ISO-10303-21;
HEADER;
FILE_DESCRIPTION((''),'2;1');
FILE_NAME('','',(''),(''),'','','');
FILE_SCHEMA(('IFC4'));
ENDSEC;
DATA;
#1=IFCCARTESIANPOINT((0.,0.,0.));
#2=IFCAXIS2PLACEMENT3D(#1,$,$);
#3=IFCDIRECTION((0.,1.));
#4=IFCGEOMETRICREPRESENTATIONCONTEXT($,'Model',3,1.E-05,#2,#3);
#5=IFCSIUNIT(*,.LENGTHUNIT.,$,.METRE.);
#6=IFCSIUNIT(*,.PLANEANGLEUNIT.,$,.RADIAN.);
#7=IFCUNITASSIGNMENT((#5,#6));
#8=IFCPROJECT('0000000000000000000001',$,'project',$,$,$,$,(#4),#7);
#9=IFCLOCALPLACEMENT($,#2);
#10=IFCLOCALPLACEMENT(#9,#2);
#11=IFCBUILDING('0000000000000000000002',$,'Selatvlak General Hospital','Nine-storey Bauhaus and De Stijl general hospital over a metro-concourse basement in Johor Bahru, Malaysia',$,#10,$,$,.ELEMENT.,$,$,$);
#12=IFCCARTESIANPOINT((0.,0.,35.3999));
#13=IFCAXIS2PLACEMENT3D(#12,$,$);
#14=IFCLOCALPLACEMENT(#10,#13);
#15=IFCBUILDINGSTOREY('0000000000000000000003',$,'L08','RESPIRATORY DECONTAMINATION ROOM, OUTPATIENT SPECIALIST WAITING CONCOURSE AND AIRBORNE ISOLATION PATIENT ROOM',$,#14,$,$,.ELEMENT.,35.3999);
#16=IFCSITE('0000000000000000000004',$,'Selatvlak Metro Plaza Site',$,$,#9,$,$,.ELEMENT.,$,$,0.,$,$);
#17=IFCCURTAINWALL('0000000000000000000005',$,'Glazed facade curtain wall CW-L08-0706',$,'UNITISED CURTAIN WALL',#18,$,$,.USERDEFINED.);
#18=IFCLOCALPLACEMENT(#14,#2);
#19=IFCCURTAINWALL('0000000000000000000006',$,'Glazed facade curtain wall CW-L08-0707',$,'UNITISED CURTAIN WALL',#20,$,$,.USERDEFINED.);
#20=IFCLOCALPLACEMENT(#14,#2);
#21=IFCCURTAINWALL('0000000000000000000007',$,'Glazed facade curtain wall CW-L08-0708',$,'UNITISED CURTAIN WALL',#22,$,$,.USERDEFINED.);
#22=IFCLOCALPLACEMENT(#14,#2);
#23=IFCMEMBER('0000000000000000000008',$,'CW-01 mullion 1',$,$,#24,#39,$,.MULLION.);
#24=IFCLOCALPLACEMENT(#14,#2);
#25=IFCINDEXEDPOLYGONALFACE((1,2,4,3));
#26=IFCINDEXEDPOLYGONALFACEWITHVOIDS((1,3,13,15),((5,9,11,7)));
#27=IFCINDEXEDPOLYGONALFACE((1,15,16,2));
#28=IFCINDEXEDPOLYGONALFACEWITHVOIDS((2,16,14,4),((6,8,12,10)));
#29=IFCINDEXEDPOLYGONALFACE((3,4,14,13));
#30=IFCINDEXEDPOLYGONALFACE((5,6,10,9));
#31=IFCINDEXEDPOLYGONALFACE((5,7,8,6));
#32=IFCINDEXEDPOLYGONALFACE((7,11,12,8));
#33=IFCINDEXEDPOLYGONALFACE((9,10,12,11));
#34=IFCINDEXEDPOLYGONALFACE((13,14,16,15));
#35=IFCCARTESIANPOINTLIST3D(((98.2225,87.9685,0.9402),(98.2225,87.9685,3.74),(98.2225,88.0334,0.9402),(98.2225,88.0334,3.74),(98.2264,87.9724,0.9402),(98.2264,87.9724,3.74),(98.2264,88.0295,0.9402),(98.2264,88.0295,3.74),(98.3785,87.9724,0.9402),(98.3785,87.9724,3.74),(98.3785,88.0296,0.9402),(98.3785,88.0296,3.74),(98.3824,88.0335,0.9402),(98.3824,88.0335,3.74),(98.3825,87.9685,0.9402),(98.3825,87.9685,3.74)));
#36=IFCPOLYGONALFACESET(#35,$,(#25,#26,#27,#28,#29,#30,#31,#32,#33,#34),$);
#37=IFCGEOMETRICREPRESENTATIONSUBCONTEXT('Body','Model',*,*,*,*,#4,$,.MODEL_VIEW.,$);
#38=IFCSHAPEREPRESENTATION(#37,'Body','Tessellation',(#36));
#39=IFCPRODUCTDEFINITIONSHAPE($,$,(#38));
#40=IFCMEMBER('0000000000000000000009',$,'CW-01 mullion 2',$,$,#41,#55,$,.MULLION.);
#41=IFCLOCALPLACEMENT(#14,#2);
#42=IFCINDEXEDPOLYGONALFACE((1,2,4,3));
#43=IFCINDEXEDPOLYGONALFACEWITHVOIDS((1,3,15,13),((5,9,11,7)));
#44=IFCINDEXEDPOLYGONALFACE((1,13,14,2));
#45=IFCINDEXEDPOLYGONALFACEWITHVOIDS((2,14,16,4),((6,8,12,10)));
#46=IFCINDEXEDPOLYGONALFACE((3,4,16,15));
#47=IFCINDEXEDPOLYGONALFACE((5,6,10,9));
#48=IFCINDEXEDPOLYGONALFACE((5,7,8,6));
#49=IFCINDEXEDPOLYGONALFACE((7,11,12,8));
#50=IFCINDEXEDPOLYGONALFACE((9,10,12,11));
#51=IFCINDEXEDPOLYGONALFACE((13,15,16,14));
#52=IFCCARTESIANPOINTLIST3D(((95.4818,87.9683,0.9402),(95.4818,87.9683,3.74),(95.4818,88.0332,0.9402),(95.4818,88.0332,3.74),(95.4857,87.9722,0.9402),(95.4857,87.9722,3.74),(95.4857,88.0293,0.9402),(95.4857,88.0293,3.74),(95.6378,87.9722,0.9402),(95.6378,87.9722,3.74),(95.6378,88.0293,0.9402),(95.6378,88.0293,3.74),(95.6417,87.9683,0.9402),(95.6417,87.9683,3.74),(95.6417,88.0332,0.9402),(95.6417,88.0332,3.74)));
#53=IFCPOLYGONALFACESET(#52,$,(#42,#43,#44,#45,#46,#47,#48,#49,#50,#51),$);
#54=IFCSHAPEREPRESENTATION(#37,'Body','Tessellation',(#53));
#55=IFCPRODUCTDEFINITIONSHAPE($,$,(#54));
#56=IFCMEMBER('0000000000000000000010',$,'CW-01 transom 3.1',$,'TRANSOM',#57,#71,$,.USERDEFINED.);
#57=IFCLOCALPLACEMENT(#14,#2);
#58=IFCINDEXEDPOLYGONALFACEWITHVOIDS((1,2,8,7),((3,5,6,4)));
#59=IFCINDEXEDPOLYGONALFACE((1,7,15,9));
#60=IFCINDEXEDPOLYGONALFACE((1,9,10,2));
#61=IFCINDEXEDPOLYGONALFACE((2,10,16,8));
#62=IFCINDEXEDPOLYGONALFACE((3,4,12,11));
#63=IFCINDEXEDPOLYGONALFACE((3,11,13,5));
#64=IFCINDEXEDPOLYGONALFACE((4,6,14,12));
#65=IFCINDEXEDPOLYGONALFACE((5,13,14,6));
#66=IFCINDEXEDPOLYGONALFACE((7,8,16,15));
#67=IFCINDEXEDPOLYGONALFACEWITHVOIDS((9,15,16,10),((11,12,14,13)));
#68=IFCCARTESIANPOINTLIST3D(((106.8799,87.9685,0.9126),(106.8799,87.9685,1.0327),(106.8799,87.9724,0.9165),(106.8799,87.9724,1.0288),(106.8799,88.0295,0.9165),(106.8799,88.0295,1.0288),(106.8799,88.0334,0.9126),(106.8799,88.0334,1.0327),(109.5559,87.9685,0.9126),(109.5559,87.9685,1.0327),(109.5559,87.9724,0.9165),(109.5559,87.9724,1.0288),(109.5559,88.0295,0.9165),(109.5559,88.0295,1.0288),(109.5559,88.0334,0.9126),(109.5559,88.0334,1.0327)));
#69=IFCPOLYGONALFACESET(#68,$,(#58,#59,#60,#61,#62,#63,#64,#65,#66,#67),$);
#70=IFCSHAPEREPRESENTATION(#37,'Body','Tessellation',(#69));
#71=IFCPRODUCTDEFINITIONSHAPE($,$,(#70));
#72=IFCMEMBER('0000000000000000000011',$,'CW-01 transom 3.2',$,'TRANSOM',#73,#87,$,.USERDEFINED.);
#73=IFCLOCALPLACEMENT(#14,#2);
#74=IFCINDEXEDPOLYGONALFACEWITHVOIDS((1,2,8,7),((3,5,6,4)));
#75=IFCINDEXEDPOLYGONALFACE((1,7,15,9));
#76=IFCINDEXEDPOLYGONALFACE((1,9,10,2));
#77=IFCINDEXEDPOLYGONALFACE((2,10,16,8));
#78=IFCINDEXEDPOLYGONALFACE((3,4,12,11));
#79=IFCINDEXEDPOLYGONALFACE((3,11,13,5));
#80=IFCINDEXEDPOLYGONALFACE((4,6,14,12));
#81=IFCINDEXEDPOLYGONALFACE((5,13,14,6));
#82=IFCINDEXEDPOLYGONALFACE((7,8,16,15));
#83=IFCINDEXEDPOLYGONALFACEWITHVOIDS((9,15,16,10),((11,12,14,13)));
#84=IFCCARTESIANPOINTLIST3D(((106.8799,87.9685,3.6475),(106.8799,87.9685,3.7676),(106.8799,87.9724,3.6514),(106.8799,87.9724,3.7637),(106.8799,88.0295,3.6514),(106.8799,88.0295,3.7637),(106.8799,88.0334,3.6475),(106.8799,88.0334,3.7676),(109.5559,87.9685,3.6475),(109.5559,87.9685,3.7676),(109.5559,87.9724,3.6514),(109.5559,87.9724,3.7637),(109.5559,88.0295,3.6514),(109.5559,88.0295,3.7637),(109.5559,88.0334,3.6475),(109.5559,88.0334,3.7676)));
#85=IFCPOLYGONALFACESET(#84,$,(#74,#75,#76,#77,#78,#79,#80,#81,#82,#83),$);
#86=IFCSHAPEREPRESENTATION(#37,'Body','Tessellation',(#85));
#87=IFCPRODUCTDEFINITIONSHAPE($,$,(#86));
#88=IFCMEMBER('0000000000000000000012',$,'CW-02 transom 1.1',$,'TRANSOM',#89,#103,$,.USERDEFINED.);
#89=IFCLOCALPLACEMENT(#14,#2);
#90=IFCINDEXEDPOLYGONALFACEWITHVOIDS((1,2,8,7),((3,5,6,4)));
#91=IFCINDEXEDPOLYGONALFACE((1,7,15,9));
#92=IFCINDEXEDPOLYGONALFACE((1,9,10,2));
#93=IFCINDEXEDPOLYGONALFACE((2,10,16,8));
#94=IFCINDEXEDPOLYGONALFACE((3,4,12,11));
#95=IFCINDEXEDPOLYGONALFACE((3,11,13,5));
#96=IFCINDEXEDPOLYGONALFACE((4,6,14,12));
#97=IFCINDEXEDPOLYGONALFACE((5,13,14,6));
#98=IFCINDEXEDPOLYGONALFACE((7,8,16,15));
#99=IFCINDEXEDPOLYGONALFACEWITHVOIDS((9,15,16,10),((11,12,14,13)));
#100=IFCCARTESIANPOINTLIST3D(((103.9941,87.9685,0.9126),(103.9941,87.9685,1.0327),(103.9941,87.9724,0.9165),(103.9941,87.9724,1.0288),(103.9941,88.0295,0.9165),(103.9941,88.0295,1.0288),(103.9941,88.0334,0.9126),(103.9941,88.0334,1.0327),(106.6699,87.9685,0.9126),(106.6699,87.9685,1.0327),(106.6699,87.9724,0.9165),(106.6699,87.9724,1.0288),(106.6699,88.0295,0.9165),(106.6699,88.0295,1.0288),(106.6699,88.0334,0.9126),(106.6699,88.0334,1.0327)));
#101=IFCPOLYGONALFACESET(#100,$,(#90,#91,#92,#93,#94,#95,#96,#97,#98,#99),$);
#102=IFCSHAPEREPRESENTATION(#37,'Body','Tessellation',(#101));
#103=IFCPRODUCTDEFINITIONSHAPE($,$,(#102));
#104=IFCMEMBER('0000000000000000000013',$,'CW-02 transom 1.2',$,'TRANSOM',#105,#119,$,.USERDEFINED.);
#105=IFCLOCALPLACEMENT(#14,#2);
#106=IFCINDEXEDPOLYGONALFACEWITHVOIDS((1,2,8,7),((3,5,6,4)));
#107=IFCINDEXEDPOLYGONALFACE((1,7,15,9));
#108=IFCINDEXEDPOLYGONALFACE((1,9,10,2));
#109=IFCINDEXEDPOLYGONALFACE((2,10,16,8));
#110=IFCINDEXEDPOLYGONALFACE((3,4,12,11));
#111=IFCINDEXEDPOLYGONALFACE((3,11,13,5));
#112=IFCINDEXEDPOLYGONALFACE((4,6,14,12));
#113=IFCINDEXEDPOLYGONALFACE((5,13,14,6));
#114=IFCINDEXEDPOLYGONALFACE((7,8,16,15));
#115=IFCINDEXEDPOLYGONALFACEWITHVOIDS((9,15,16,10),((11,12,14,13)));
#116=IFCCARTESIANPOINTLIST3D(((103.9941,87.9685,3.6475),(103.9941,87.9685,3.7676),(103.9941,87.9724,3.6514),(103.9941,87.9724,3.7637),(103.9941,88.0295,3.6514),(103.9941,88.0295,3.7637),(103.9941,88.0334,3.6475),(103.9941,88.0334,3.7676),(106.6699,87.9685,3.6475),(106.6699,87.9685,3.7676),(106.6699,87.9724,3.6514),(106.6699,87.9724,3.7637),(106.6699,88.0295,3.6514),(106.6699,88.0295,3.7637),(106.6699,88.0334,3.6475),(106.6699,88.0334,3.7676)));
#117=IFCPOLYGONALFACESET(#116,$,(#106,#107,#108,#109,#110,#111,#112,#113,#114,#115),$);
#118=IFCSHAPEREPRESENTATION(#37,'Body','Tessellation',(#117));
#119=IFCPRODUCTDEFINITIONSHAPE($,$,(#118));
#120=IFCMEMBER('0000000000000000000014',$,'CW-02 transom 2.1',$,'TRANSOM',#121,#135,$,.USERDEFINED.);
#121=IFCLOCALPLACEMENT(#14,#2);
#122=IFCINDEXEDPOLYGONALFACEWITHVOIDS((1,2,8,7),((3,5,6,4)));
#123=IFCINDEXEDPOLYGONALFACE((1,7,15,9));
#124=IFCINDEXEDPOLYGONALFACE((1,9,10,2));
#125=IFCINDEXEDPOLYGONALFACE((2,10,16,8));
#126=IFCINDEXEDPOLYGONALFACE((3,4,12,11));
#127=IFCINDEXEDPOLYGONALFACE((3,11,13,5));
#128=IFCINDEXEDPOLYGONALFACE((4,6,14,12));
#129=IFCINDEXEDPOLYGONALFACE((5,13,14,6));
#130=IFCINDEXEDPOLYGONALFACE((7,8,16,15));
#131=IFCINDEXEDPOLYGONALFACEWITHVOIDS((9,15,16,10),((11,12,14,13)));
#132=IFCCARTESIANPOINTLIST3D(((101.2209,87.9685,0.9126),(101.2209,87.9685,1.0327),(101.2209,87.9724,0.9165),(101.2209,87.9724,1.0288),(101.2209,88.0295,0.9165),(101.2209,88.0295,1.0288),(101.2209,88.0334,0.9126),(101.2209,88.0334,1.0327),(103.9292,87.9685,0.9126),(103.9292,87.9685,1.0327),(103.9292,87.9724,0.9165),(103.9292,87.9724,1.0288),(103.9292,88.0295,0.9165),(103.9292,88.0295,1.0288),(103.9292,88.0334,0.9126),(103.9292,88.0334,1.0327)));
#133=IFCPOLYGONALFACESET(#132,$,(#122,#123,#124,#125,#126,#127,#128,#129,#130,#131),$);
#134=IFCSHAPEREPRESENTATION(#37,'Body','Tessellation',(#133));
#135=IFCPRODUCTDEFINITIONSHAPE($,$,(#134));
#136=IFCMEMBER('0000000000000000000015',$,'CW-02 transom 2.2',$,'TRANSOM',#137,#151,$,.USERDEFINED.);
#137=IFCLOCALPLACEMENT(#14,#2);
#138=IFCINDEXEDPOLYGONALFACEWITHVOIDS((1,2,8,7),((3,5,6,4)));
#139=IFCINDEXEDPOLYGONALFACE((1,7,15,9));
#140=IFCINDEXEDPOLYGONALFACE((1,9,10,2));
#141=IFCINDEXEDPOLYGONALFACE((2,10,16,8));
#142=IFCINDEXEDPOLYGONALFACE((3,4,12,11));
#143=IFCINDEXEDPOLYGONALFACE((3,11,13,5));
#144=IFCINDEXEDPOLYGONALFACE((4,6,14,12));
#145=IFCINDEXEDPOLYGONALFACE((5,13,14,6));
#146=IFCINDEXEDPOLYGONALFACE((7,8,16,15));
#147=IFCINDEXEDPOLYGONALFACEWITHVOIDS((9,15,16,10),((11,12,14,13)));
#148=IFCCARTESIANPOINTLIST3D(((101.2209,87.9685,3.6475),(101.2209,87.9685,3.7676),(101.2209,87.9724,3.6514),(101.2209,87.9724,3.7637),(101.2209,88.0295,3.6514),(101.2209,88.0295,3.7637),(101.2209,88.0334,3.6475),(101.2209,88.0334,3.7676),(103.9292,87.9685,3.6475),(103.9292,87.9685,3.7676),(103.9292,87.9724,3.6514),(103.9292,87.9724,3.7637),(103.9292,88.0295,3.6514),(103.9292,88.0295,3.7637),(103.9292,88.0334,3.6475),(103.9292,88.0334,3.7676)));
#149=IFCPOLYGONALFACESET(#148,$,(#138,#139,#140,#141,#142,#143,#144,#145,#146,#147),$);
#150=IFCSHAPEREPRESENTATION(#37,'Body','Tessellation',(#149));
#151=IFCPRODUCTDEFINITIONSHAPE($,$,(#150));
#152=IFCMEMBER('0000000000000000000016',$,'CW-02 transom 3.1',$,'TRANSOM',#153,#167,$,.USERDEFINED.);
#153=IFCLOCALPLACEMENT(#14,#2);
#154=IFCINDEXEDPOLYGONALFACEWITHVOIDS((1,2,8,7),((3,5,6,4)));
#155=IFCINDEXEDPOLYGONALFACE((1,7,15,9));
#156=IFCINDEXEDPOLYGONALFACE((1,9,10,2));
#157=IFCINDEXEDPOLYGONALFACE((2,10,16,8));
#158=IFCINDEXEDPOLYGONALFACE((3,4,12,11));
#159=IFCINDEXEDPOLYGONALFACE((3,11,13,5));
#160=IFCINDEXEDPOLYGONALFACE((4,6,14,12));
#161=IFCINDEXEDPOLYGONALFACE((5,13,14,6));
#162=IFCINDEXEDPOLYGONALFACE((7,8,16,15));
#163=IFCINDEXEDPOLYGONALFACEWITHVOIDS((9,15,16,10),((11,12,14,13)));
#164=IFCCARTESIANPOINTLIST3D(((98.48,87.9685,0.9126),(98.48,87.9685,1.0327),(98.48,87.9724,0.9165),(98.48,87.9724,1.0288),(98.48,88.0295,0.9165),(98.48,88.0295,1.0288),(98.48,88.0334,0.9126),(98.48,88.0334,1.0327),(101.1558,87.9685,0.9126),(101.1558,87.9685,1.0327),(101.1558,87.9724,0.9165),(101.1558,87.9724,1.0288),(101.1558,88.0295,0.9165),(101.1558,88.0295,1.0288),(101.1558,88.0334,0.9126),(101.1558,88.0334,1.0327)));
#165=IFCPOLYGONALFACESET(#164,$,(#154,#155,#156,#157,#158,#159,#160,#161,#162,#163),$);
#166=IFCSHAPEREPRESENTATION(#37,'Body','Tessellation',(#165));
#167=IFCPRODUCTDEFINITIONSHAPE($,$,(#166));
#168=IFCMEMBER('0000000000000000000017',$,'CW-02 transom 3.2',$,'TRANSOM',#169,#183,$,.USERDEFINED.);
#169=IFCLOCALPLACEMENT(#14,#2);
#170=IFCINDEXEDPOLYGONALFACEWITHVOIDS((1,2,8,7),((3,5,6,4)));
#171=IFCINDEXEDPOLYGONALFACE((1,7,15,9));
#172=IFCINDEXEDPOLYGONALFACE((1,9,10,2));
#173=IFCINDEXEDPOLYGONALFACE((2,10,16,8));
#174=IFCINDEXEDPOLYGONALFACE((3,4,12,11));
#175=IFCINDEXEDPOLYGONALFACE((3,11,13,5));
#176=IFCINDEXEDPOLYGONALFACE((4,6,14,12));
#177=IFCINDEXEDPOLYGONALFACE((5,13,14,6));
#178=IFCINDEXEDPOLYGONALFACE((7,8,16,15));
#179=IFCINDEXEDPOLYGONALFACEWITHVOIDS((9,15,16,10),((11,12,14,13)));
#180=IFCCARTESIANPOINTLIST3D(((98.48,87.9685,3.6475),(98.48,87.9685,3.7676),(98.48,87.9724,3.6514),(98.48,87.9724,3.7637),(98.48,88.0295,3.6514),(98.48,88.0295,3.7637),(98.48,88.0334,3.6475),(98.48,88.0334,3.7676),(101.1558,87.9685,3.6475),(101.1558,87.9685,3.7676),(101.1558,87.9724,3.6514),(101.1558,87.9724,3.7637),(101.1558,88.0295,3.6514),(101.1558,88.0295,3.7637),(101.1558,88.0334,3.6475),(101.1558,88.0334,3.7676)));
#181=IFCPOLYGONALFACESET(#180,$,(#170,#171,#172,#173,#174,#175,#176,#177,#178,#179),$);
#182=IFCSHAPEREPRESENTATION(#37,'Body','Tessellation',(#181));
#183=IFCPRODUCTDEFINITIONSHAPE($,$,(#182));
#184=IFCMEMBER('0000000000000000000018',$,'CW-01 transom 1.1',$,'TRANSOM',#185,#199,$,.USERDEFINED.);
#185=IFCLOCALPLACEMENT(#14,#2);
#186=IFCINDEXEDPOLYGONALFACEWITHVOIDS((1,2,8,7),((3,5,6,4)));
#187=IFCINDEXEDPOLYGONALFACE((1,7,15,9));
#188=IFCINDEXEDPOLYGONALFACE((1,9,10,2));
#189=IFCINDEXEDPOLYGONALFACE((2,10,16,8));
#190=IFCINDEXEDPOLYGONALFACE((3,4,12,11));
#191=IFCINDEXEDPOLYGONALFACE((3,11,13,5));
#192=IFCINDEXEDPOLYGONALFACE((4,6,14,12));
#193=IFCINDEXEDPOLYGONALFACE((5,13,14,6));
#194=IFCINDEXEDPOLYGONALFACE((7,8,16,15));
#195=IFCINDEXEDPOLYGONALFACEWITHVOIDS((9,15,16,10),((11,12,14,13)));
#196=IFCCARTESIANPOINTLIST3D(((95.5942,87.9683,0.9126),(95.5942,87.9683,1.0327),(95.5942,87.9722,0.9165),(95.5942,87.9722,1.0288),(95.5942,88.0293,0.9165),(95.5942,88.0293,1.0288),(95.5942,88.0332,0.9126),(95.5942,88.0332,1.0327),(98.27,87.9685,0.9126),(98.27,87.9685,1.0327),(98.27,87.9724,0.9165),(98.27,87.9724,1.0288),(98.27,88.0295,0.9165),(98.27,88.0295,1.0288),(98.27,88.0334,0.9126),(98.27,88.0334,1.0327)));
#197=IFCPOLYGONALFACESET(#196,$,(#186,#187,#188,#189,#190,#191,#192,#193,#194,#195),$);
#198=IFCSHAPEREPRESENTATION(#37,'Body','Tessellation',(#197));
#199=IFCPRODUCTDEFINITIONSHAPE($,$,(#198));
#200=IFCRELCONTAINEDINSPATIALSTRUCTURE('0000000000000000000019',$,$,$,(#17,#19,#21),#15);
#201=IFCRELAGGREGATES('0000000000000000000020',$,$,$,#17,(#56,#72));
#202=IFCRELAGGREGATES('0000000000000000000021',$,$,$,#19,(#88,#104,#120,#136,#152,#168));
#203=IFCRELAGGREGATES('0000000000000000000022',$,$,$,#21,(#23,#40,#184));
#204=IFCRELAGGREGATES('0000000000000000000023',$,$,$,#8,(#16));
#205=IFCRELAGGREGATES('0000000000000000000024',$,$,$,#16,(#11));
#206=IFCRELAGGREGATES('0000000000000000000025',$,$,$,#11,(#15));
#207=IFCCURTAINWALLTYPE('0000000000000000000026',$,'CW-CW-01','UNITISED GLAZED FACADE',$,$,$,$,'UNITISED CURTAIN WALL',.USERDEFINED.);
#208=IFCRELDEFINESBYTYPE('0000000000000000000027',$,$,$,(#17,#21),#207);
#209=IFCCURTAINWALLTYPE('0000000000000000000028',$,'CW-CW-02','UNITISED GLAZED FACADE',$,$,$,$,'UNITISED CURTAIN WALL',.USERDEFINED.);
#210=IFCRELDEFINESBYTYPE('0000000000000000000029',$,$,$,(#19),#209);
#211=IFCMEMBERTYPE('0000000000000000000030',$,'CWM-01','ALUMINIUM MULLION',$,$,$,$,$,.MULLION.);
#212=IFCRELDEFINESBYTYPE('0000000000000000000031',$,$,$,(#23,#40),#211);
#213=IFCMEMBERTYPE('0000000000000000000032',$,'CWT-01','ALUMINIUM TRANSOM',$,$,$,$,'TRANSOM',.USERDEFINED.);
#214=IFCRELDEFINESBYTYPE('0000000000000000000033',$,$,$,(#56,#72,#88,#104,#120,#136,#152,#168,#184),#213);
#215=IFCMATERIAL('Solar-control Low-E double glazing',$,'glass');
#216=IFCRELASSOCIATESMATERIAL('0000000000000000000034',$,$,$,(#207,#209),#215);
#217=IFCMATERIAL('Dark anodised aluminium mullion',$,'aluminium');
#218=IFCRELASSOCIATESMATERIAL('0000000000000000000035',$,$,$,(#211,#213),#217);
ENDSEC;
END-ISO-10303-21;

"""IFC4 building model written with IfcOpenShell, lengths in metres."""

from ifc_helpers import new_model, si_unit, direction, frame, origin, origin_2d, place, context, subcontext, project, spatial, hollow_rectangle, extrude, material, material_profile, profile_set, type_object, element, aggregate, save


model = new_model("IFC4")

# Units and contexts
model_context = context("Model", 3, precision=1e-05, world=origin(), true_north=direction((0.0, 1.0)))
body_context = subcontext(model_context, "Body", "Model", "MODEL_VIEW")
ifc_project = project(units=[si_unit("LENGTHUNIT", "METRE"), si_unit("PLANEANGLEUNIT", "RADIAN")], contexts=[model_context])

# Site, building, storey
site_placement = place(None, origin())
site = spatial("IfcSite", under=ifc_project, at=site_placement, Name="Selatvlak Metro Plaza Site", CompositionType="ELEMENT", RefElevation=0.0)
building_placement = place(site_placement, origin())
building = spatial("IfcBuilding", under=site, at=building_placement, Name="Selatvlak General Hospital", Description="Nine-storey Bauhaus and De Stijl general hospital over a metro-concourse basement in Johor Bahru, Malaysia", CompositionType="ELEMENT")
storey_placement = place(building_placement, frame((0.0, 0.0, 35.3999)))
storey = spatial("IfcBuildingStorey", under=building, at=storey_placement, Name="L08", Description="RESPIRATORY DECONTAMINATION ROOM, OUTPATIENT SPECIALIST WAITING CONCOURSE AND AIRBORNE ISOLATION PATIENT ROOM", CompositionType="ELEMENT", Elevation=35.3999)

# Curtain walls, members
ifc_material_1 = material(Name="Solar-control Low-E double glazing", Category="glass")
curtain_wall_type_1 = type_object("IfcCurtainWallType", Name="CW-CW-01", Description="UNITISED GLAZED FACADE", ElementType="UNITISED CURTAIN WALL", PredefinedType="USERDEFINED", material=ifc_material_1)
curtain_wall_1_placement = place(storey_placement, origin())
curtain_wall_1 = element("IfcCurtainWall", 1, at=curtain_wall_1_placement, inside=storey, type_object=curtain_wall_type_1, Name="Glazed facade curtain wall CW-L08-0706", ObjectType="UNITISED CURTAIN WALL", PredefinedType="USERDEFINED")
ifc_material_2 = material(Name="Dark anodised aluminium mullion", Category="aluminium")
ifc_material_profile_1 = material_profile(ifc_material_2, hollow_rectangle(XDim=0.0649, YDim=0.1599, WallThickness=0.0039, at=origin_2d()), Name="AL-MUL 65x160x4")
ifc_profile_set_1 = profile_set([ifc_material_profile_1], Name="Dark anodised aluminium mullion")
member_type_1 = type_object("IfcMemberType", Name="CWM-01", Description="ALUMINIUM MULLION", PredefinedType="MULLION", material=ifc_profile_set_1)
curtain_wall_type_2 = type_object("IfcCurtainWallType", Name="CW-CW-02", Description="UNITISED GLAZED FACADE", ElementType="UNITISED CURTAIN WALL", PredefinedType="USERDEFINED", material=ifc_material_1)
curtain_wall_2_placement = place(storey_placement, origin())
curtain_wall_2 = element("IfcCurtainWall", 2, at=curtain_wall_2_placement, inside=storey, type_object=curtain_wall_type_2, Name="Glazed facade curtain wall CW-L08-0707", ObjectType="UNITISED CURTAIN WALL", PredefinedType="USERDEFINED")
curtain_wall_3_placement = place(storey_placement, origin())
curtain_wall_3 = element("IfcCurtainWall", 3, at=curtain_wall_3_placement, inside=storey, type_object=curtain_wall_type_1, Name="Glazed facade curtain wall CW-L08-0708", ObjectType="UNITISED CURTAIN WALL", PredefinedType="USERDEFINED")
member_1_placement = place(storey_placement, frame((98.3025, 88.001, 0.9402), z_axis=(0.0, 0.0, 1.0), x_axis=(0.00012, -1.0, 0.0)))
member_1 = element("IfcMember", 4, at=member_1_placement, type_object=member_type_1, Name="CW-01 mullion 1", PredefinedType="MULLION", context=body_context, shape_type="SweptSolid", body=[
    extrude(hollow_rectangle(XDim=0.0649, YDim=0.1599, WallThickness=0.0039, at=origin_2d()), origin(), (0.0, 0.0, 1.0), 2.7998),
])
member_2_placement = place(storey_placement, frame((95.5618, 88.0007, 0.9402), z_axis=(0.0, 0.0, 1.0), x_axis=(0.00012, -1.0, 0.0)))
member_2 = element("IfcMember", 5, at=member_2_placement, type_object=member_type_1, Name="CW-01 mullion 2", PredefinedType="MULLION", context=body_context, shape_type="SweptSolid", body=[
    extrude(hollow_rectangle(XDim=0.0649, YDim=0.1599, WallThickness=0.0039, at=origin_2d()), origin(), (0.0, 0.0, 1.0), 2.7998),
])

# Members
ifc_material_profile_2 = material_profile(ifc_material_2, hollow_rectangle(XDim=0.0649, YDim=0.1201, WallThickness=0.0039, at=origin_2d()), Name="AL-TRN 65x120x4")
ifc_profile_set_2 = profile_set([ifc_material_profile_2], Name="Dark anodised aluminium mullion")
member_type_2 = type_object("IfcMemberType", Name="CWT-01", Description="ALUMINIUM TRANSOM", ElementType="TRANSOM", PredefinedType="USERDEFINED", material=ifc_profile_set_2)
member_3_placement = place(storey_placement, frame((109.5559, 88.001, 0.9727), z_axis=(-1.0, 0.0, 0.0), x_axis=(0.0, -1.0, 0.0)))
member_3 = element("IfcMember", 6, at=member_3_placement, type_object=member_type_2, Name="CW-01 transom 3.1", ObjectType="TRANSOM", PredefinedType="USERDEFINED", context=body_context, shape_type="SweptSolid", body=[
    extrude(hollow_rectangle(XDim=0.0649, YDim=0.1201, WallThickness=0.0039, at=origin_2d()), origin(), (0.0, 0.0, 1.0), 2.676),
])
member_4_placement = place(storey_placement, frame((109.5559, 88.001, 3.7075), z_axis=(-1.0, 0.0, 0.0), x_axis=(0.0, -1.0, 0.0)))
member_4 = element("IfcMember", 7, at=member_4_placement, type_object=member_type_2, Name="CW-01 transom 3.2", ObjectType="TRANSOM", PredefinedType="USERDEFINED", context=body_context, shape_type="SweptSolid", body=[
    extrude(hollow_rectangle(XDim=0.0649, YDim=0.1201, WallThickness=0.0039, at=origin_2d()), origin(), (0.0, 0.0, 1.0), 2.676),
])
member_5_placement = place(storey_placement, frame((106.6699, 88.001, 0.9727), z_axis=(-1.0, 0.0, 0.0), x_axis=(0.0, -1.0, 0.0)))
member_5 = element("IfcMember", 8, at=member_5_placement, type_object=member_type_2, Name="CW-02 transom 1.1", ObjectType="TRANSOM", PredefinedType="USERDEFINED", context=body_context, shape_type="SweptSolid", body=[
    extrude(hollow_rectangle(XDim=0.0649, YDim=0.1201, WallThickness=0.0039, at=origin_2d()), origin(), (0.0, 0.0, 1.0), 2.6758),
])
member_6_placement = place(storey_placement, frame((106.6699, 88.001, 3.7075), z_axis=(-1.0, 0.0, 0.0), x_axis=(0.0, -1.0, 0.0)))
member_6 = element("IfcMember", 9, at=member_6_placement, type_object=member_type_2, Name="CW-02 transom 1.2", ObjectType="TRANSOM", PredefinedType="USERDEFINED", context=body_context, shape_type="SweptSolid", body=[
    extrude(hollow_rectangle(XDim=0.0649, YDim=0.1201, WallThickness=0.0039, at=origin_2d()), origin(), (0.0, 0.0, 1.0), 2.6758),
])
member_7_placement = place(storey_placement, frame((103.9292, 88.001, 0.9727), z_axis=(-1.0, 0.0, 0.0), x_axis=(0.0, -1.0, 0.0)))
member_7 = element("IfcMember", 10, at=member_7_placement, type_object=member_type_2, Name="CW-02 transom 2.1", ObjectType="TRANSOM", PredefinedType="USERDEFINED", context=body_context, shape_type="SweptSolid", body=[
    extrude(hollow_rectangle(XDim=0.0649, YDim=0.1201, WallThickness=0.0039, at=origin_2d()), origin(), (0.0, 0.0, 1.0), 2.7083),
])
member_8_placement = place(storey_placement, frame((103.9292, 88.001, 3.7075), z_axis=(-1.0, 0.0, 0.0), x_axis=(0.0, -1.0, 0.0)))
member_8 = element("IfcMember", 11, at=member_8_placement, type_object=member_type_2, Name="CW-02 transom 2.2", ObjectType="TRANSOM", PredefinedType="USERDEFINED", context=body_context, shape_type="SweptSolid", body=[
    extrude(hollow_rectangle(XDim=0.0649, YDim=0.1201, WallThickness=0.0039, at=origin_2d()), origin(), (0.0, 0.0, 1.0), 2.7083),
])
member_9_placement = place(storey_placement, frame((101.1558, 88.001, 0.9727), z_axis=(-1.0, 0.0, 0.0), x_axis=(0.0, -1.0, 0.0)))
member_9 = element("IfcMember", 12, at=member_9_placement, type_object=member_type_2, Name="CW-02 transom 3.1", ObjectType="TRANSOM", PredefinedType="USERDEFINED", context=body_context, shape_type="SweptSolid", body=[
    extrude(hollow_rectangle(XDim=0.0649, YDim=0.1201, WallThickness=0.0039, at=origin_2d()), origin(), (0.0, 0.0, 1.0), 2.6758),
])
member_10_placement = place(storey_placement, frame((101.1558, 88.001, 3.7075), z_axis=(-1.0, 0.0, 0.0), x_axis=(0.0, -1.0, 0.0)))
member_10 = element("IfcMember", 13, at=member_10_placement, type_object=member_type_2, Name="CW-02 transom 3.2", ObjectType="TRANSOM", PredefinedType="USERDEFINED", context=body_context, shape_type="SweptSolid", body=[
    extrude(hollow_rectangle(XDim=0.0649, YDim=0.1201, WallThickness=0.0039, at=origin_2d()), origin(), (0.0, 0.0, 1.0), 2.6758),
])
member_11_placement = place(storey_placement, frame((98.27, 88.001, 0.9727), z_axis=(-1.0, -0.000091, 0.0), x_axis=(0.000091, -1.0, 0.0)))
member_11 = element("IfcMember", 14, at=member_11_placement, type_object=member_type_2, Name="CW-01 transom 1.1", ObjectType="TRANSOM", PredefinedType="USERDEFINED", context=body_context, shape_type="SweptSolid", body=[
    extrude(hollow_rectangle(XDim=0.0649, YDim=0.1201, WallThickness=0.0039, at=origin_2d()), origin(), (0.0, 0.0, 1.0), 2.6758),
])

aggregate(curtain_wall_1, [member_3, member_4])
aggregate(curtain_wall_2, [member_5, member_6, member_7, member_8, member_9, member_10])
aggregate(curtain_wall_3, [member_1, member_2, member_11])

save(model, "model.ifc")
